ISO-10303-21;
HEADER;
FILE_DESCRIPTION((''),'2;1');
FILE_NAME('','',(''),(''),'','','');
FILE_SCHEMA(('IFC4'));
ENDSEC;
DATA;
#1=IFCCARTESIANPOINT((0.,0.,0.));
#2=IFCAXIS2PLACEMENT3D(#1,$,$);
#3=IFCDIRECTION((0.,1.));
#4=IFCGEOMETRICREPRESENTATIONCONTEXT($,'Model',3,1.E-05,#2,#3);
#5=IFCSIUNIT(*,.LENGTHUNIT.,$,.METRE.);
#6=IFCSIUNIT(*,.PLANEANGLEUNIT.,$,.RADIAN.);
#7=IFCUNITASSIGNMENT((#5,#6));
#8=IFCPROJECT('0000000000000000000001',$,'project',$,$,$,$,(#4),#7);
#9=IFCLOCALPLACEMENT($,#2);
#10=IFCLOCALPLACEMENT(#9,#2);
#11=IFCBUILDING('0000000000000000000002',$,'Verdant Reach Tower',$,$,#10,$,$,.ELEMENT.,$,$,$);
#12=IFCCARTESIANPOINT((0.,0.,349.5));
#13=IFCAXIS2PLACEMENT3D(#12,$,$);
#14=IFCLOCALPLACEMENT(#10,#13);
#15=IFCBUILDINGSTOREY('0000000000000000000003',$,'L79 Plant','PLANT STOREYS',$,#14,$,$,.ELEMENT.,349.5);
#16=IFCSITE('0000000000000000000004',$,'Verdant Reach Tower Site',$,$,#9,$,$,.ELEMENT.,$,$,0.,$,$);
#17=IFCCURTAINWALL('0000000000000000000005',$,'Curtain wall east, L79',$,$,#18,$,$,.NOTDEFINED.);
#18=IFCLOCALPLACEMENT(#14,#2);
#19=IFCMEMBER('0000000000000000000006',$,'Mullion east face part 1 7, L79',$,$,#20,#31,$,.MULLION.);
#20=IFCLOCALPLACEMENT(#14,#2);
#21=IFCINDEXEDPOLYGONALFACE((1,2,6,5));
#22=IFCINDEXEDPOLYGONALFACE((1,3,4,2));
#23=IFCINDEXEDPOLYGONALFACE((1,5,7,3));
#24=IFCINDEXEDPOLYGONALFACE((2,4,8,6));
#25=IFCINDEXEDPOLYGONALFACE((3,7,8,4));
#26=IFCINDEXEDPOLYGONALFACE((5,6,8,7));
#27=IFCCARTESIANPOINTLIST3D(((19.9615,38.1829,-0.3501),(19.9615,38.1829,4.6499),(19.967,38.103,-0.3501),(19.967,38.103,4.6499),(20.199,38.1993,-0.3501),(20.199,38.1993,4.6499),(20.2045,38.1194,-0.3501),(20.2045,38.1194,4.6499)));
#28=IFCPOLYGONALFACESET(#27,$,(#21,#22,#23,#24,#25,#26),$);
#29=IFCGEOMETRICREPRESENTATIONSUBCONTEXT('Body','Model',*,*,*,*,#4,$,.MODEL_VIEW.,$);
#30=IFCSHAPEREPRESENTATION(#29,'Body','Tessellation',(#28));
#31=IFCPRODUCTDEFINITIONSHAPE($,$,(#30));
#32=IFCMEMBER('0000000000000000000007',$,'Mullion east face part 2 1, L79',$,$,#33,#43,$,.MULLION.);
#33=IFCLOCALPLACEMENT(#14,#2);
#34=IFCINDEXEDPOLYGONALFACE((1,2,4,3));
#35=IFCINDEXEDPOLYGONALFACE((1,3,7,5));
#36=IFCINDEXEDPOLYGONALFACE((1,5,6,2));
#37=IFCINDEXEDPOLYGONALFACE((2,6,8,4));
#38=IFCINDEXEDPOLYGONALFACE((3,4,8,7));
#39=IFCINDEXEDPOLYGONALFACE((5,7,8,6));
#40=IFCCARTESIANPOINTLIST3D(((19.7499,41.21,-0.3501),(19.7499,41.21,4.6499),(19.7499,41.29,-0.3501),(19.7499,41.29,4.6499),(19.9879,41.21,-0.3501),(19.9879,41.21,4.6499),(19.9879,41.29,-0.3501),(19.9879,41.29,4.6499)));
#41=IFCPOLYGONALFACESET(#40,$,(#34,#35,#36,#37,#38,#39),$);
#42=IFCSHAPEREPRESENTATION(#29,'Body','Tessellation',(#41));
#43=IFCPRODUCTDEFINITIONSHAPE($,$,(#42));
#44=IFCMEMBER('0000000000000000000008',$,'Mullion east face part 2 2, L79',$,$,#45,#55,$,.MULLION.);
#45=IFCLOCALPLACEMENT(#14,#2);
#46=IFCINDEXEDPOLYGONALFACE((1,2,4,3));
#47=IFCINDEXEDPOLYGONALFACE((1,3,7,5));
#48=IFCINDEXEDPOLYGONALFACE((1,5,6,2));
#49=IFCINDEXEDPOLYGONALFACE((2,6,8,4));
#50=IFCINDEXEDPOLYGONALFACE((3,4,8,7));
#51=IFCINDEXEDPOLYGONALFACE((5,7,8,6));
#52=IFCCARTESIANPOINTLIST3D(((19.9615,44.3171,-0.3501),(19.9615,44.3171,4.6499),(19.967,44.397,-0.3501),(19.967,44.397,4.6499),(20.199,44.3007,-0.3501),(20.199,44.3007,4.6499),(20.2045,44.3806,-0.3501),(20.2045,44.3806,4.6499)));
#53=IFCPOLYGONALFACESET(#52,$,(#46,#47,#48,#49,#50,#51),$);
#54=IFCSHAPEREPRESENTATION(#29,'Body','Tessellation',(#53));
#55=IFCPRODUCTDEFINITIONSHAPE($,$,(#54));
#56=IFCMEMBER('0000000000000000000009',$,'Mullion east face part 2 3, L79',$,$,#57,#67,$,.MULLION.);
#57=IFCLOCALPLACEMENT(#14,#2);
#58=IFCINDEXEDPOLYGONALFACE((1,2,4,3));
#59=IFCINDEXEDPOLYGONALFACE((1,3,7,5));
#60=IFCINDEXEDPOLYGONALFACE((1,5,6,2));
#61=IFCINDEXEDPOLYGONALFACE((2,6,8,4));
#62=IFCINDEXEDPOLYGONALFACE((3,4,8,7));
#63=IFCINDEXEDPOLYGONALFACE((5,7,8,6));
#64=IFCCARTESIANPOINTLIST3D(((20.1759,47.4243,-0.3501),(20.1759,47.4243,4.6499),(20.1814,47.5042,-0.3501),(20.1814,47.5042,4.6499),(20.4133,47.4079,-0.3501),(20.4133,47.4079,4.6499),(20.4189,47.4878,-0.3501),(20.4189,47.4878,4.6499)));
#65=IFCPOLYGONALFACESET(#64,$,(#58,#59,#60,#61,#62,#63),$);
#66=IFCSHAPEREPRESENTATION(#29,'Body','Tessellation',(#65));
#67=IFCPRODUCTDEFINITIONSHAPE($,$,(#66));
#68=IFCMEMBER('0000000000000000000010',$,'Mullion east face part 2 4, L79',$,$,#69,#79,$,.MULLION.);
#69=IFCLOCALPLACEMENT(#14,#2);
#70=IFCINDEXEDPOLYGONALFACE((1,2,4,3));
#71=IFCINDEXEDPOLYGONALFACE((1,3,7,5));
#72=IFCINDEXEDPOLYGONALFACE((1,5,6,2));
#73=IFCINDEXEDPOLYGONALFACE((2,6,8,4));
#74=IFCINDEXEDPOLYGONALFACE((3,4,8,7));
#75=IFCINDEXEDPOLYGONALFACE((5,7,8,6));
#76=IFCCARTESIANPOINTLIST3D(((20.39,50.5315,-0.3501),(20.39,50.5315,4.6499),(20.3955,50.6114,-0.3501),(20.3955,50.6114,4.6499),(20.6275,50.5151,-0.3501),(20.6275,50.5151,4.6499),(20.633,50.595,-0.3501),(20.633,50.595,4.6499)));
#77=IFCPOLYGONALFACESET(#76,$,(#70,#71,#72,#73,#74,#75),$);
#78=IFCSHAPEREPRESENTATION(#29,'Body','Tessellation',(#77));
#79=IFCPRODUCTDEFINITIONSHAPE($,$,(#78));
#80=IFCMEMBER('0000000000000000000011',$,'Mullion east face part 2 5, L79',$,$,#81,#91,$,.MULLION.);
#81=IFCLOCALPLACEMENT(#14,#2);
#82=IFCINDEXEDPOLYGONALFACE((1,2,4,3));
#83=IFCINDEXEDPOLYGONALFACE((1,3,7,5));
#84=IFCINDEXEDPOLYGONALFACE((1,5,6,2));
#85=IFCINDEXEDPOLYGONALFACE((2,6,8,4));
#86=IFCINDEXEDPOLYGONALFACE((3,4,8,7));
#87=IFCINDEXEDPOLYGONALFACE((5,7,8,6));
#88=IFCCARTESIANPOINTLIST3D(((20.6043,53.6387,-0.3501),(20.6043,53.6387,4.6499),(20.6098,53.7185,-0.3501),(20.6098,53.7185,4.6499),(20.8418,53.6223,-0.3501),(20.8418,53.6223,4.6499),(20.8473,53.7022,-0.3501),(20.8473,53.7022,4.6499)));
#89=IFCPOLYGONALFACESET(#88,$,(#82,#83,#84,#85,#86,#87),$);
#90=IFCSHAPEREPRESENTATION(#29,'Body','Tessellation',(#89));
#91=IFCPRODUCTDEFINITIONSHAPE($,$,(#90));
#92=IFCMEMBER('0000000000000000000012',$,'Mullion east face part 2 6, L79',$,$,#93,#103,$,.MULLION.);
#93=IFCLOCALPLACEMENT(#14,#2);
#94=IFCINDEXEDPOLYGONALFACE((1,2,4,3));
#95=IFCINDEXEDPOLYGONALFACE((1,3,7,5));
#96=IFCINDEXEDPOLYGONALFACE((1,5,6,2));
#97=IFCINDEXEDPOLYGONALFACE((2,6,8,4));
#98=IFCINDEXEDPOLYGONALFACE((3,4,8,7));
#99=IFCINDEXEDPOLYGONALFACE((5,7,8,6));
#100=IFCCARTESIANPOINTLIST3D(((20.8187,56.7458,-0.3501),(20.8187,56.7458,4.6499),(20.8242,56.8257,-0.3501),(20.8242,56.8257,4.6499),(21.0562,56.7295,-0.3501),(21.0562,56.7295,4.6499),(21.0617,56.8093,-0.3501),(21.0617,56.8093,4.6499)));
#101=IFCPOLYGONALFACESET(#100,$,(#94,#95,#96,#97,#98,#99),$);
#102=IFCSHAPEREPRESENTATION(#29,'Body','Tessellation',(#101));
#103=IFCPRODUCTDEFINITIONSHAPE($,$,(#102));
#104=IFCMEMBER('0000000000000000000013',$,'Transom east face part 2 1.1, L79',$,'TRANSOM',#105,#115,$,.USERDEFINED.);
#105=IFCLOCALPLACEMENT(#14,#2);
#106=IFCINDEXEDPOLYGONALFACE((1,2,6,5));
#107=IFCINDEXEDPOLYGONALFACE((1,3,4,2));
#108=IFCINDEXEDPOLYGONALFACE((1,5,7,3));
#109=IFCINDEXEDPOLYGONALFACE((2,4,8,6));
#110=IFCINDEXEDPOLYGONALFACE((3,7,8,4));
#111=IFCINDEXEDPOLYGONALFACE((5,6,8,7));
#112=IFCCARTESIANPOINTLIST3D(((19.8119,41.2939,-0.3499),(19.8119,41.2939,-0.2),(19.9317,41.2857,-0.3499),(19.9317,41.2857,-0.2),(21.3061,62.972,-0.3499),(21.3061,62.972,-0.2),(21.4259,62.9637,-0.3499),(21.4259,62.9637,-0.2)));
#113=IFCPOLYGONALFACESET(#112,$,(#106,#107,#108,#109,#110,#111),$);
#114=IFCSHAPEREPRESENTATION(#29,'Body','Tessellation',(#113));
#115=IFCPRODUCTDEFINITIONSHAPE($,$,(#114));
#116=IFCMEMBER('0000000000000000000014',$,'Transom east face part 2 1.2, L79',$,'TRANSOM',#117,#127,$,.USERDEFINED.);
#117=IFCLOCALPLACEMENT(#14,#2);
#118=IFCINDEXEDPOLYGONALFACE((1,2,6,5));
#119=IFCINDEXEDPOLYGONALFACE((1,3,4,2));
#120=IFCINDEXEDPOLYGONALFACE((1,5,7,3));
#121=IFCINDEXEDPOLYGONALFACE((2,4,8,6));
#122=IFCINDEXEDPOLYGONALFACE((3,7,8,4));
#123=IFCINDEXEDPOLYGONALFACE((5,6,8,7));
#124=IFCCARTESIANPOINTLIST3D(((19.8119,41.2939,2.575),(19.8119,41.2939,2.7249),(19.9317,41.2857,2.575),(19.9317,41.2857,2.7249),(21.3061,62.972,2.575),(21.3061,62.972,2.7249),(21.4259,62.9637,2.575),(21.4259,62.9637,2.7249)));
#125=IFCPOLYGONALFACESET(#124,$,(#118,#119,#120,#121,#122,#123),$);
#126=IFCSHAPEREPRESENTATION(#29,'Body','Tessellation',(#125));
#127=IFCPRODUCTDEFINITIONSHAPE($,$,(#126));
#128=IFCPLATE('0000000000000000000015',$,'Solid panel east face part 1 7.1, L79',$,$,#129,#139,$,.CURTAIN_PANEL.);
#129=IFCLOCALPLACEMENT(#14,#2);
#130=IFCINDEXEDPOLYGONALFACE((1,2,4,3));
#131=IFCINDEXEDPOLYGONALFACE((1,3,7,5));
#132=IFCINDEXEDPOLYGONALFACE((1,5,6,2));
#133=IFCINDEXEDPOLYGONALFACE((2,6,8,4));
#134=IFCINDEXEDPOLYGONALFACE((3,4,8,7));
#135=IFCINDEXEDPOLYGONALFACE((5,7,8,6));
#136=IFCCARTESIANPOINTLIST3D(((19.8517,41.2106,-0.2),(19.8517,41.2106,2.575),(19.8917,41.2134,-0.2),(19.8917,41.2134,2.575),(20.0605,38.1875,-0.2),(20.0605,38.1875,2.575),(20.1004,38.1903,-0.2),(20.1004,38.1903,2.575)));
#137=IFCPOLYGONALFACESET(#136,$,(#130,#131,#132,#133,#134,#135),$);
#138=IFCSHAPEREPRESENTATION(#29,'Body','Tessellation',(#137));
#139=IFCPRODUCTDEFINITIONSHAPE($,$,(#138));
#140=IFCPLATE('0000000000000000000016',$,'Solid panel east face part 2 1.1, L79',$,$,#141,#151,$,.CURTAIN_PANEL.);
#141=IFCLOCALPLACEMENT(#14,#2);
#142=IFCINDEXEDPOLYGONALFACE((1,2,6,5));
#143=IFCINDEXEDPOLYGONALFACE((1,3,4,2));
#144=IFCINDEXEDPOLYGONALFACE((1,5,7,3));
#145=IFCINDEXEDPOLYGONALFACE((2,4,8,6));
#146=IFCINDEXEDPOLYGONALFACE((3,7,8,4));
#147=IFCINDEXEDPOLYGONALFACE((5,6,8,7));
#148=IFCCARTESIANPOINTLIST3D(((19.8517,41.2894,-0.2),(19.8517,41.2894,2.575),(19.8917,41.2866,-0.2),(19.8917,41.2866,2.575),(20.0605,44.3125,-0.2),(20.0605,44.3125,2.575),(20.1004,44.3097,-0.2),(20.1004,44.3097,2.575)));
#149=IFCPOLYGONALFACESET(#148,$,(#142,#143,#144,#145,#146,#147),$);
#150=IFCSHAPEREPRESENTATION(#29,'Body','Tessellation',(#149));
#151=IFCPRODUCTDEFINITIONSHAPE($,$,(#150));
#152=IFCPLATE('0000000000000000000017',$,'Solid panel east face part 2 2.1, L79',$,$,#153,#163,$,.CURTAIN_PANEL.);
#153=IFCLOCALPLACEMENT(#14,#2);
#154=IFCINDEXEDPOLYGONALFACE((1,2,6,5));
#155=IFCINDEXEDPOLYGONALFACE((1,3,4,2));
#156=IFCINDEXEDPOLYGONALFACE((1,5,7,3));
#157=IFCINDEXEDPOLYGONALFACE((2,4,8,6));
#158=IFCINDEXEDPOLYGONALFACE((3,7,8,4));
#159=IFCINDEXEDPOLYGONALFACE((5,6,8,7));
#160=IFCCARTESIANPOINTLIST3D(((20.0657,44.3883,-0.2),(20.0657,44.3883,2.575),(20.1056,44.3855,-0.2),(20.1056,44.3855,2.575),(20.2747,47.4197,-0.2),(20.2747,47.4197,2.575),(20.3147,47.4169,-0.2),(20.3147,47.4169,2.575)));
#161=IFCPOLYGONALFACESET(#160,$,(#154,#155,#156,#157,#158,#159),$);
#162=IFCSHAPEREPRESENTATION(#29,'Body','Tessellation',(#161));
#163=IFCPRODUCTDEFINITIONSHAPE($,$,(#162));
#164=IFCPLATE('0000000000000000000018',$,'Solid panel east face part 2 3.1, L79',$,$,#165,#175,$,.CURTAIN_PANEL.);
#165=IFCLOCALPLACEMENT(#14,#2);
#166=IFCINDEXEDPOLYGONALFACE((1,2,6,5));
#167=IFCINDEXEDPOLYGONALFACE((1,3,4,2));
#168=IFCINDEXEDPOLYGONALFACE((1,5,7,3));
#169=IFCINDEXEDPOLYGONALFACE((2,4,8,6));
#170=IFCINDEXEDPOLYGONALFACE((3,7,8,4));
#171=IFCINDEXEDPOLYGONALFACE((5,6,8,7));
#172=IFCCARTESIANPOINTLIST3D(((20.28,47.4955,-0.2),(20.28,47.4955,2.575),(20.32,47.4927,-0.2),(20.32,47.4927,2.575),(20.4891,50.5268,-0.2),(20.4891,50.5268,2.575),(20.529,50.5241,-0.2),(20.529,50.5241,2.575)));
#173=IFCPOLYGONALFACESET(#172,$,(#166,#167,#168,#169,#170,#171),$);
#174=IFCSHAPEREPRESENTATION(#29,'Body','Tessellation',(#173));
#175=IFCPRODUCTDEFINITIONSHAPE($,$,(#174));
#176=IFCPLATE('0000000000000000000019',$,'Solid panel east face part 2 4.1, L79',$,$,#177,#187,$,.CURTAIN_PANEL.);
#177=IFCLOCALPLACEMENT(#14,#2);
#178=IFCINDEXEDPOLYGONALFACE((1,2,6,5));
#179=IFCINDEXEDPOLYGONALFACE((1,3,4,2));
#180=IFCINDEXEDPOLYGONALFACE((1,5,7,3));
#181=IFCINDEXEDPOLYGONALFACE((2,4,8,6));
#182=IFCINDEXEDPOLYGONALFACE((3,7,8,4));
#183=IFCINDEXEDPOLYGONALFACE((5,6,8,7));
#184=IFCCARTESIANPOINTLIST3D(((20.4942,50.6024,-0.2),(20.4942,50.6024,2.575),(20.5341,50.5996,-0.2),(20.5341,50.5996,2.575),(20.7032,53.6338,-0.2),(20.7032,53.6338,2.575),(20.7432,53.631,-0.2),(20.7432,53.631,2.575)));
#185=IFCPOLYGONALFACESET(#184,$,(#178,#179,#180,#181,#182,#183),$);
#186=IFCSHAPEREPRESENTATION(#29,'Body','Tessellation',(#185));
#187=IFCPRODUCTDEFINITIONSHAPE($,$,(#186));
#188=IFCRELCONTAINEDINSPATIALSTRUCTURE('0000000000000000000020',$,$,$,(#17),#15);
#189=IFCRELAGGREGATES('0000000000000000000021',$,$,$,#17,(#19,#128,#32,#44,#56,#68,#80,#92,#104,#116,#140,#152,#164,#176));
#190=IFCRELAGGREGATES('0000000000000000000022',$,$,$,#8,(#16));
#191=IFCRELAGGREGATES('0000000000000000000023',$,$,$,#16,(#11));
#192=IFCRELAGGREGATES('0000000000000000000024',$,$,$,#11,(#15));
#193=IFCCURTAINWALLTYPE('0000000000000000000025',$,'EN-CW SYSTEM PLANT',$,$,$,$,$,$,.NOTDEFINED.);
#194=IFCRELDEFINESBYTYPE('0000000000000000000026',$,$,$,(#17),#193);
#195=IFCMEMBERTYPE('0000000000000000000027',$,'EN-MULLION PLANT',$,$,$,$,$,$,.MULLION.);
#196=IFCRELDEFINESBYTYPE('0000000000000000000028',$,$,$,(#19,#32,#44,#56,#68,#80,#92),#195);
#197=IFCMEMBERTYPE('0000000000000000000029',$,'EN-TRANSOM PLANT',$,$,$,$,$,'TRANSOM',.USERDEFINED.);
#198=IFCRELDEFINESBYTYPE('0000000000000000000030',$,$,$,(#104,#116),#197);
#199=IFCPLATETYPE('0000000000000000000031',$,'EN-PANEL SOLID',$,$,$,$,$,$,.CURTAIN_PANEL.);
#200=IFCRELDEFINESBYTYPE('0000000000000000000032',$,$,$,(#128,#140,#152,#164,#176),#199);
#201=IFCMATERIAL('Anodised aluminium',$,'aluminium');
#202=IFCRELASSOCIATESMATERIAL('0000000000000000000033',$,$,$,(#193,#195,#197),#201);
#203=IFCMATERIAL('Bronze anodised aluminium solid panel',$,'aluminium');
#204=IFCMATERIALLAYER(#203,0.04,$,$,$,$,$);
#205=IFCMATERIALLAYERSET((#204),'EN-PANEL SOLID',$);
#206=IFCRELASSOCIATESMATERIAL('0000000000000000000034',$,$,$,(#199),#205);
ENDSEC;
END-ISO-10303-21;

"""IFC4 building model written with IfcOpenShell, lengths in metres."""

from ifc_helpers import new_model, si_unit, direction, frame, origin, origin_2d, place, context, subcontext, project, spatial, rectangle, extrude, material, layer, layer_set, material_profile, profile_set, type_object, element, aggregate, save


model = new_model("IFC4")

# Units and contexts
model_context = context("Model", 3, precision=1e-05, world=origin(), true_north=direction((0.0, 1.0)))
body_context = subcontext(model_context, "Body", "Model", "MODEL_VIEW")
ifc_project = project(units=[si_unit("LENGTHUNIT", "METRE"), si_unit("PLANEANGLEUNIT", "RADIAN")], contexts=[model_context])

# Site, building, storey
site_placement = place(None, origin())
site = spatial("IfcSite", under=ifc_project, at=site_placement, Name="Verdant Reach Tower Site", CompositionType="ELEMENT", RefElevation=0.0)
building_placement = place(site_placement, origin())
building = spatial("IfcBuilding", under=site, at=building_placement, Name="Verdant Reach Tower", CompositionType="ELEMENT")
storey_placement = place(building_placement, frame((0.0, 0.0, 349.5)))
storey = spatial("IfcBuildingStorey", under=building, at=storey_placement, Name="L79 Plant", Description="PLANT STOREYS", CompositionType="ELEMENT", Elevation=349.5)

# Curtain wall, members, plates
ifc_material_1 = material(Name="Anodised aluminium", Category="aluminium")
curtain_wall_type = type_object("IfcCurtainWallType", Name="EN-CW SYSTEM PLANT", PredefinedType="NOTDEFINED", material=ifc_material_1)
curtain_wall_placement = place(storey_placement, origin())
curtain_wall = element("IfcCurtainWall", 1, at=curtain_wall_placement, inside=storey, type_object=curtain_wall_type, Name="Curtain wall east, L79", PredefinedType="NOTDEFINED")
ifc_material_profile_1 = material_profile(ifc_material_1, rectangle(XDim=0.238, YDim=0.0801, at=origin_2d()), Name="Mullion 80x240")
ifc_profile_set_1 = profile_set([ifc_material_profile_1], Name="Anodised aluminium")
member_type_1 = type_object("IfcMemberType", Name="EN-MULLION PLANT", PredefinedType="MULLION", material=ifc_profile_set_1)
member_1_placement = place(storey_placement, frame((20.083, 38.1511, -0.3501), z_axis=(0.0, 0.0, 1.0), x_axis=(0.99763, 0.068802, 0.0)))
member_1 = element("IfcMember", 2, at=member_1_placement, type_object=member_type_1, Name="Mullion east face part 1 7, L79", PredefinedType="MULLION", context=body_context, shape_type="SweptSolid", body=[
    extrude(rectangle(XDim=0.238, YDim=0.0801, at=origin_2d()), origin(), (0.0, 0.0, 1.0), 5.0),
])
member_2_placement = place(storey_placement, frame((19.8689, 41.25, -0.3501), z_axis=(0.0, 0.0, 1.0), x_axis=(1.0, 0.0, 0.0)))
member_2 = element("IfcMember", 3, at=member_2_placement, type_object=member_type_1, Name="Mullion east face part 2 1, L79", PredefinedType="MULLION", context=body_context, shape_type="SweptSolid", body=[
    extrude(rectangle(XDim=0.238, YDim=0.0801, at=origin_2d()), origin(), (0.0, 0.0, 1.0), 5.0),
])
member_3_placement = place(storey_placement, frame((20.083, 44.3489, -0.3501), z_axis=(0.0, 0.0, 1.0), x_axis=(0.99763, -0.068802, 0.0)))
member_3 = element("IfcMember", 4, at=member_3_placement, type_object=member_type_1, Name="Mullion east face part 2 2, L79", PredefinedType="MULLION", context=body_context, shape_type="SweptSolid", body=[
    extrude(rectangle(XDim=0.238, YDim=0.0801, at=origin_2d()), origin(), (0.0, 0.0, 1.0), 5.0),
])
member_4_placement = place(storey_placement, frame((20.2974, 47.4561, -0.3501), z_axis=(0.0, 0.0, 1.0), x_axis=(0.99763, -0.068802, 0.0)))
member_4 = element("IfcMember", 5, at=member_4_placement, type_object=member_type_1, Name="Mullion east face part 2 3, L79", PredefinedType="MULLION", context=body_context, shape_type="SweptSolid", body=[
    extrude(rectangle(XDim=0.238, YDim=0.0801, at=origin_2d()), origin(), (0.0, 0.0, 1.0), 5.0),
])
member_5_placement = place(storey_placement, frame((20.5115, 50.5632, -0.3501), z_axis=(0.0, 0.0, 1.0), x_axis=(0.99763, -0.068802, 0.0)))
member_5 = element("IfcMember", 6, at=member_5_placement, type_object=member_type_1, Name="Mullion east face part 2 4, L79", PredefinedType="MULLION", context=body_context, shape_type="SweptSolid", body=[
    extrude(rectangle(XDim=0.238, YDim=0.0801, at=origin_2d()), origin(), (0.0, 0.0, 1.0), 5.0),
])
member_6_placement = place(storey_placement, frame((20.7258, 53.6704, -0.3501), z_axis=(0.0, 0.0, 1.0), x_axis=(0.99763, -0.068802, 0.0)))
member_6 = element("IfcMember", 7, at=member_6_placement, type_object=member_type_1, Name="Mullion east face part 2 5, L79", PredefinedType="MULLION", context=body_context, shape_type="SweptSolid", body=[
    extrude(rectangle(XDim=0.238, YDim=0.0801, at=origin_2d()), origin(), (0.0, 0.0, 1.0), 5.0),
])
member_7_placement = place(storey_placement, frame((20.9402, 56.7776, -0.3501), z_axis=(0.0, 0.0, 1.0), x_axis=(0.99763, -0.068802, 0.0)))
member_7 = element("IfcMember", 8, at=member_7_placement, type_object=member_type_1, Name="Mullion east face part 2 6, L79", PredefinedType="MULLION", context=body_context, shape_type="SweptSolid", body=[
    extrude(rectangle(XDim=0.238, YDim=0.0801, at=origin_2d()), origin(), (0.0, 0.0, 1.0), 5.0),
])
ifc_material_profile_2 = material_profile(ifc_material_1, rectangle(XDim=0.1201, YDim=0.1499, at=origin_2d()), Name="Transom 150x120")
ifc_profile_set_2 = profile_set([ifc_material_profile_2], Name="Anodised aluminium")
member_type_2 = type_object("IfcMemberType", Name="EN-TRANSOM PLANT", ElementType="TRANSOM", PredefinedType="USERDEFINED", material=ifc_profile_set_2)
member_8_placement = place(storey_placement, frame((19.8718, 41.2898, -0.2749), z_axis=(0.068761, 0.997633, 0.0), x_axis=(-0.997633, 0.068761, 0.0)))
member_8 = element("IfcMember", 9, at=member_8_placement, type_object=member_type_2, Name="Transom east face part 2 1.1, L79", ObjectType="TRANSOM", PredefinedType="USERDEFINED", context=body_context, shape_type="SweptSolid", body=[
    extrude(rectangle(XDim=0.1201, YDim=0.1499, at=origin_2d()), origin(), (0.0, 0.0, 1.0), 21.7295),
])
member_9_placement = place(storey_placement, frame((19.8718, 41.2898, 2.6499), z_axis=(0.068761, 0.997633, 0.0), x_axis=(-0.997633, 0.068761, 0.0)))
member_9 = element("IfcMember", 10, at=member_9_placement, type_object=member_type_2, Name="Transom east face part 2 1.2, L79", ObjectType="TRANSOM", PredefinedType="USERDEFINED", context=body_context, shape_type="SweptSolid", body=[
    extrude(rectangle(XDim=0.1201, YDim=0.1499, at=origin_2d()), origin(), (0.0, 0.0, 1.0), 21.7295),
])
ifc_material_2 = material(Name="Bronze anodised aluminium solid panel", Category="aluminium")
ifc_layer_1 = layer(ifc_material_2, 0.04)
ifc_layer_set_1 = layer_set([ifc_layer_1], Name="EN-PANEL SOLID")
plate_type = type_object("IfcPlateType", Name="EN-PANEL SOLID", PredefinedType="CURTAIN_PANEL", material=ifc_layer_set_1)
plate_1_placement = place(storey_placement, frame((19.9761, 39.7004, -0.2), z_axis=(0.0, 0.0, 1.0), x_axis=(-0.068893, 0.997624, 0.0)))
plate_1 = element("IfcPlate", 11, at=plate_1_placement, type_object=plate_type, Name="Solid panel east face part 1 7.1, L79", PredefinedType="CURTAIN_PANEL", context=body_context, shape_type="SweptSolid", body=[
    extrude(rectangle(XDim=3.0303, YDim=0.04, at=origin_2d()), origin(), (0.0, 0.0, 1.0), 2.7749),
])
plate_2_placement = place(storey_placement, frame((19.9761, 42.7996, -0.2), z_axis=(0.0, 0.0, 1.0), x_axis=(0.068893, 0.997624, 0.0)))
plate_2 = element("IfcPlate", 12, at=plate_2_placement, type_object=plate_type, Name="Solid panel east face part 2 1.1, L79", PredefinedType="CURTAIN_PANEL", context=body_context, shape_type="SweptSolid", body=[
    extrude(rectangle(XDim=3.0303, YDim=0.04, at=origin_2d()), origin(), (0.0, 0.0, 1.0), 2.7749),
])
plate_3_placement = place(storey_placement, frame((20.1902, 45.9026, -0.2), z_axis=(0.0, 0.0, 1.0), x_axis=(0.068802, 0.99763, 0.0)))
plate_3 = element("IfcPlate", 13, at=plate_3_placement, type_object=plate_type, Name="Solid panel east face part 2 2.1, L79", PredefinedType="CURTAIN_PANEL", context=body_context, shape_type="SweptSolid", body=[
    extrude(rectangle(XDim=3.0386, YDim=0.04, at=origin_2d()), origin(), (0.0, 0.0, 1.0), 2.7749),
])
plate_4_placement = place(storey_placement, frame((20.4045, 49.0098, -0.2), z_axis=(0.0, 0.0, 1.0), x_axis=(0.068802, 0.99763, 0.0)))
plate_4 = element("IfcPlate", 14, at=plate_4_placement, type_object=plate_type, Name="Solid panel east face part 2 3.1, L79", PredefinedType="CURTAIN_PANEL", context=body_context, shape_type="SweptSolid", body=[
    extrude(rectangle(XDim=3.0386, YDim=0.04, at=origin_2d()), origin(), (0.0, 0.0, 1.0), 2.7749),
])
plate_5_placement = place(storey_placement, frame((20.6187, 52.1167, -0.2), z_axis=(0.0, 0.0, 1.0), x_axis=(0.068802, 0.99763, 0.0)))
plate_5 = element("IfcPlate", 15, at=plate_5_placement, type_object=plate_type, Name="Solid panel east face part 2 4.1, L79", PredefinedType="CURTAIN_PANEL", context=body_context, shape_type="SweptSolid", body=[
    extrude(rectangle(XDim=3.0386, YDim=0.04, at=origin_2d()), origin(), (0.0, 0.0, 1.0), 2.7749),
])

aggregate(curtain_wall, [member_1, plate_1, member_2, member_3, member_4, member_5, member_6, member_7, member_8, member_9, plate_2, plate_3, plate_4, plate_5])

save(model, "model.ifc")
